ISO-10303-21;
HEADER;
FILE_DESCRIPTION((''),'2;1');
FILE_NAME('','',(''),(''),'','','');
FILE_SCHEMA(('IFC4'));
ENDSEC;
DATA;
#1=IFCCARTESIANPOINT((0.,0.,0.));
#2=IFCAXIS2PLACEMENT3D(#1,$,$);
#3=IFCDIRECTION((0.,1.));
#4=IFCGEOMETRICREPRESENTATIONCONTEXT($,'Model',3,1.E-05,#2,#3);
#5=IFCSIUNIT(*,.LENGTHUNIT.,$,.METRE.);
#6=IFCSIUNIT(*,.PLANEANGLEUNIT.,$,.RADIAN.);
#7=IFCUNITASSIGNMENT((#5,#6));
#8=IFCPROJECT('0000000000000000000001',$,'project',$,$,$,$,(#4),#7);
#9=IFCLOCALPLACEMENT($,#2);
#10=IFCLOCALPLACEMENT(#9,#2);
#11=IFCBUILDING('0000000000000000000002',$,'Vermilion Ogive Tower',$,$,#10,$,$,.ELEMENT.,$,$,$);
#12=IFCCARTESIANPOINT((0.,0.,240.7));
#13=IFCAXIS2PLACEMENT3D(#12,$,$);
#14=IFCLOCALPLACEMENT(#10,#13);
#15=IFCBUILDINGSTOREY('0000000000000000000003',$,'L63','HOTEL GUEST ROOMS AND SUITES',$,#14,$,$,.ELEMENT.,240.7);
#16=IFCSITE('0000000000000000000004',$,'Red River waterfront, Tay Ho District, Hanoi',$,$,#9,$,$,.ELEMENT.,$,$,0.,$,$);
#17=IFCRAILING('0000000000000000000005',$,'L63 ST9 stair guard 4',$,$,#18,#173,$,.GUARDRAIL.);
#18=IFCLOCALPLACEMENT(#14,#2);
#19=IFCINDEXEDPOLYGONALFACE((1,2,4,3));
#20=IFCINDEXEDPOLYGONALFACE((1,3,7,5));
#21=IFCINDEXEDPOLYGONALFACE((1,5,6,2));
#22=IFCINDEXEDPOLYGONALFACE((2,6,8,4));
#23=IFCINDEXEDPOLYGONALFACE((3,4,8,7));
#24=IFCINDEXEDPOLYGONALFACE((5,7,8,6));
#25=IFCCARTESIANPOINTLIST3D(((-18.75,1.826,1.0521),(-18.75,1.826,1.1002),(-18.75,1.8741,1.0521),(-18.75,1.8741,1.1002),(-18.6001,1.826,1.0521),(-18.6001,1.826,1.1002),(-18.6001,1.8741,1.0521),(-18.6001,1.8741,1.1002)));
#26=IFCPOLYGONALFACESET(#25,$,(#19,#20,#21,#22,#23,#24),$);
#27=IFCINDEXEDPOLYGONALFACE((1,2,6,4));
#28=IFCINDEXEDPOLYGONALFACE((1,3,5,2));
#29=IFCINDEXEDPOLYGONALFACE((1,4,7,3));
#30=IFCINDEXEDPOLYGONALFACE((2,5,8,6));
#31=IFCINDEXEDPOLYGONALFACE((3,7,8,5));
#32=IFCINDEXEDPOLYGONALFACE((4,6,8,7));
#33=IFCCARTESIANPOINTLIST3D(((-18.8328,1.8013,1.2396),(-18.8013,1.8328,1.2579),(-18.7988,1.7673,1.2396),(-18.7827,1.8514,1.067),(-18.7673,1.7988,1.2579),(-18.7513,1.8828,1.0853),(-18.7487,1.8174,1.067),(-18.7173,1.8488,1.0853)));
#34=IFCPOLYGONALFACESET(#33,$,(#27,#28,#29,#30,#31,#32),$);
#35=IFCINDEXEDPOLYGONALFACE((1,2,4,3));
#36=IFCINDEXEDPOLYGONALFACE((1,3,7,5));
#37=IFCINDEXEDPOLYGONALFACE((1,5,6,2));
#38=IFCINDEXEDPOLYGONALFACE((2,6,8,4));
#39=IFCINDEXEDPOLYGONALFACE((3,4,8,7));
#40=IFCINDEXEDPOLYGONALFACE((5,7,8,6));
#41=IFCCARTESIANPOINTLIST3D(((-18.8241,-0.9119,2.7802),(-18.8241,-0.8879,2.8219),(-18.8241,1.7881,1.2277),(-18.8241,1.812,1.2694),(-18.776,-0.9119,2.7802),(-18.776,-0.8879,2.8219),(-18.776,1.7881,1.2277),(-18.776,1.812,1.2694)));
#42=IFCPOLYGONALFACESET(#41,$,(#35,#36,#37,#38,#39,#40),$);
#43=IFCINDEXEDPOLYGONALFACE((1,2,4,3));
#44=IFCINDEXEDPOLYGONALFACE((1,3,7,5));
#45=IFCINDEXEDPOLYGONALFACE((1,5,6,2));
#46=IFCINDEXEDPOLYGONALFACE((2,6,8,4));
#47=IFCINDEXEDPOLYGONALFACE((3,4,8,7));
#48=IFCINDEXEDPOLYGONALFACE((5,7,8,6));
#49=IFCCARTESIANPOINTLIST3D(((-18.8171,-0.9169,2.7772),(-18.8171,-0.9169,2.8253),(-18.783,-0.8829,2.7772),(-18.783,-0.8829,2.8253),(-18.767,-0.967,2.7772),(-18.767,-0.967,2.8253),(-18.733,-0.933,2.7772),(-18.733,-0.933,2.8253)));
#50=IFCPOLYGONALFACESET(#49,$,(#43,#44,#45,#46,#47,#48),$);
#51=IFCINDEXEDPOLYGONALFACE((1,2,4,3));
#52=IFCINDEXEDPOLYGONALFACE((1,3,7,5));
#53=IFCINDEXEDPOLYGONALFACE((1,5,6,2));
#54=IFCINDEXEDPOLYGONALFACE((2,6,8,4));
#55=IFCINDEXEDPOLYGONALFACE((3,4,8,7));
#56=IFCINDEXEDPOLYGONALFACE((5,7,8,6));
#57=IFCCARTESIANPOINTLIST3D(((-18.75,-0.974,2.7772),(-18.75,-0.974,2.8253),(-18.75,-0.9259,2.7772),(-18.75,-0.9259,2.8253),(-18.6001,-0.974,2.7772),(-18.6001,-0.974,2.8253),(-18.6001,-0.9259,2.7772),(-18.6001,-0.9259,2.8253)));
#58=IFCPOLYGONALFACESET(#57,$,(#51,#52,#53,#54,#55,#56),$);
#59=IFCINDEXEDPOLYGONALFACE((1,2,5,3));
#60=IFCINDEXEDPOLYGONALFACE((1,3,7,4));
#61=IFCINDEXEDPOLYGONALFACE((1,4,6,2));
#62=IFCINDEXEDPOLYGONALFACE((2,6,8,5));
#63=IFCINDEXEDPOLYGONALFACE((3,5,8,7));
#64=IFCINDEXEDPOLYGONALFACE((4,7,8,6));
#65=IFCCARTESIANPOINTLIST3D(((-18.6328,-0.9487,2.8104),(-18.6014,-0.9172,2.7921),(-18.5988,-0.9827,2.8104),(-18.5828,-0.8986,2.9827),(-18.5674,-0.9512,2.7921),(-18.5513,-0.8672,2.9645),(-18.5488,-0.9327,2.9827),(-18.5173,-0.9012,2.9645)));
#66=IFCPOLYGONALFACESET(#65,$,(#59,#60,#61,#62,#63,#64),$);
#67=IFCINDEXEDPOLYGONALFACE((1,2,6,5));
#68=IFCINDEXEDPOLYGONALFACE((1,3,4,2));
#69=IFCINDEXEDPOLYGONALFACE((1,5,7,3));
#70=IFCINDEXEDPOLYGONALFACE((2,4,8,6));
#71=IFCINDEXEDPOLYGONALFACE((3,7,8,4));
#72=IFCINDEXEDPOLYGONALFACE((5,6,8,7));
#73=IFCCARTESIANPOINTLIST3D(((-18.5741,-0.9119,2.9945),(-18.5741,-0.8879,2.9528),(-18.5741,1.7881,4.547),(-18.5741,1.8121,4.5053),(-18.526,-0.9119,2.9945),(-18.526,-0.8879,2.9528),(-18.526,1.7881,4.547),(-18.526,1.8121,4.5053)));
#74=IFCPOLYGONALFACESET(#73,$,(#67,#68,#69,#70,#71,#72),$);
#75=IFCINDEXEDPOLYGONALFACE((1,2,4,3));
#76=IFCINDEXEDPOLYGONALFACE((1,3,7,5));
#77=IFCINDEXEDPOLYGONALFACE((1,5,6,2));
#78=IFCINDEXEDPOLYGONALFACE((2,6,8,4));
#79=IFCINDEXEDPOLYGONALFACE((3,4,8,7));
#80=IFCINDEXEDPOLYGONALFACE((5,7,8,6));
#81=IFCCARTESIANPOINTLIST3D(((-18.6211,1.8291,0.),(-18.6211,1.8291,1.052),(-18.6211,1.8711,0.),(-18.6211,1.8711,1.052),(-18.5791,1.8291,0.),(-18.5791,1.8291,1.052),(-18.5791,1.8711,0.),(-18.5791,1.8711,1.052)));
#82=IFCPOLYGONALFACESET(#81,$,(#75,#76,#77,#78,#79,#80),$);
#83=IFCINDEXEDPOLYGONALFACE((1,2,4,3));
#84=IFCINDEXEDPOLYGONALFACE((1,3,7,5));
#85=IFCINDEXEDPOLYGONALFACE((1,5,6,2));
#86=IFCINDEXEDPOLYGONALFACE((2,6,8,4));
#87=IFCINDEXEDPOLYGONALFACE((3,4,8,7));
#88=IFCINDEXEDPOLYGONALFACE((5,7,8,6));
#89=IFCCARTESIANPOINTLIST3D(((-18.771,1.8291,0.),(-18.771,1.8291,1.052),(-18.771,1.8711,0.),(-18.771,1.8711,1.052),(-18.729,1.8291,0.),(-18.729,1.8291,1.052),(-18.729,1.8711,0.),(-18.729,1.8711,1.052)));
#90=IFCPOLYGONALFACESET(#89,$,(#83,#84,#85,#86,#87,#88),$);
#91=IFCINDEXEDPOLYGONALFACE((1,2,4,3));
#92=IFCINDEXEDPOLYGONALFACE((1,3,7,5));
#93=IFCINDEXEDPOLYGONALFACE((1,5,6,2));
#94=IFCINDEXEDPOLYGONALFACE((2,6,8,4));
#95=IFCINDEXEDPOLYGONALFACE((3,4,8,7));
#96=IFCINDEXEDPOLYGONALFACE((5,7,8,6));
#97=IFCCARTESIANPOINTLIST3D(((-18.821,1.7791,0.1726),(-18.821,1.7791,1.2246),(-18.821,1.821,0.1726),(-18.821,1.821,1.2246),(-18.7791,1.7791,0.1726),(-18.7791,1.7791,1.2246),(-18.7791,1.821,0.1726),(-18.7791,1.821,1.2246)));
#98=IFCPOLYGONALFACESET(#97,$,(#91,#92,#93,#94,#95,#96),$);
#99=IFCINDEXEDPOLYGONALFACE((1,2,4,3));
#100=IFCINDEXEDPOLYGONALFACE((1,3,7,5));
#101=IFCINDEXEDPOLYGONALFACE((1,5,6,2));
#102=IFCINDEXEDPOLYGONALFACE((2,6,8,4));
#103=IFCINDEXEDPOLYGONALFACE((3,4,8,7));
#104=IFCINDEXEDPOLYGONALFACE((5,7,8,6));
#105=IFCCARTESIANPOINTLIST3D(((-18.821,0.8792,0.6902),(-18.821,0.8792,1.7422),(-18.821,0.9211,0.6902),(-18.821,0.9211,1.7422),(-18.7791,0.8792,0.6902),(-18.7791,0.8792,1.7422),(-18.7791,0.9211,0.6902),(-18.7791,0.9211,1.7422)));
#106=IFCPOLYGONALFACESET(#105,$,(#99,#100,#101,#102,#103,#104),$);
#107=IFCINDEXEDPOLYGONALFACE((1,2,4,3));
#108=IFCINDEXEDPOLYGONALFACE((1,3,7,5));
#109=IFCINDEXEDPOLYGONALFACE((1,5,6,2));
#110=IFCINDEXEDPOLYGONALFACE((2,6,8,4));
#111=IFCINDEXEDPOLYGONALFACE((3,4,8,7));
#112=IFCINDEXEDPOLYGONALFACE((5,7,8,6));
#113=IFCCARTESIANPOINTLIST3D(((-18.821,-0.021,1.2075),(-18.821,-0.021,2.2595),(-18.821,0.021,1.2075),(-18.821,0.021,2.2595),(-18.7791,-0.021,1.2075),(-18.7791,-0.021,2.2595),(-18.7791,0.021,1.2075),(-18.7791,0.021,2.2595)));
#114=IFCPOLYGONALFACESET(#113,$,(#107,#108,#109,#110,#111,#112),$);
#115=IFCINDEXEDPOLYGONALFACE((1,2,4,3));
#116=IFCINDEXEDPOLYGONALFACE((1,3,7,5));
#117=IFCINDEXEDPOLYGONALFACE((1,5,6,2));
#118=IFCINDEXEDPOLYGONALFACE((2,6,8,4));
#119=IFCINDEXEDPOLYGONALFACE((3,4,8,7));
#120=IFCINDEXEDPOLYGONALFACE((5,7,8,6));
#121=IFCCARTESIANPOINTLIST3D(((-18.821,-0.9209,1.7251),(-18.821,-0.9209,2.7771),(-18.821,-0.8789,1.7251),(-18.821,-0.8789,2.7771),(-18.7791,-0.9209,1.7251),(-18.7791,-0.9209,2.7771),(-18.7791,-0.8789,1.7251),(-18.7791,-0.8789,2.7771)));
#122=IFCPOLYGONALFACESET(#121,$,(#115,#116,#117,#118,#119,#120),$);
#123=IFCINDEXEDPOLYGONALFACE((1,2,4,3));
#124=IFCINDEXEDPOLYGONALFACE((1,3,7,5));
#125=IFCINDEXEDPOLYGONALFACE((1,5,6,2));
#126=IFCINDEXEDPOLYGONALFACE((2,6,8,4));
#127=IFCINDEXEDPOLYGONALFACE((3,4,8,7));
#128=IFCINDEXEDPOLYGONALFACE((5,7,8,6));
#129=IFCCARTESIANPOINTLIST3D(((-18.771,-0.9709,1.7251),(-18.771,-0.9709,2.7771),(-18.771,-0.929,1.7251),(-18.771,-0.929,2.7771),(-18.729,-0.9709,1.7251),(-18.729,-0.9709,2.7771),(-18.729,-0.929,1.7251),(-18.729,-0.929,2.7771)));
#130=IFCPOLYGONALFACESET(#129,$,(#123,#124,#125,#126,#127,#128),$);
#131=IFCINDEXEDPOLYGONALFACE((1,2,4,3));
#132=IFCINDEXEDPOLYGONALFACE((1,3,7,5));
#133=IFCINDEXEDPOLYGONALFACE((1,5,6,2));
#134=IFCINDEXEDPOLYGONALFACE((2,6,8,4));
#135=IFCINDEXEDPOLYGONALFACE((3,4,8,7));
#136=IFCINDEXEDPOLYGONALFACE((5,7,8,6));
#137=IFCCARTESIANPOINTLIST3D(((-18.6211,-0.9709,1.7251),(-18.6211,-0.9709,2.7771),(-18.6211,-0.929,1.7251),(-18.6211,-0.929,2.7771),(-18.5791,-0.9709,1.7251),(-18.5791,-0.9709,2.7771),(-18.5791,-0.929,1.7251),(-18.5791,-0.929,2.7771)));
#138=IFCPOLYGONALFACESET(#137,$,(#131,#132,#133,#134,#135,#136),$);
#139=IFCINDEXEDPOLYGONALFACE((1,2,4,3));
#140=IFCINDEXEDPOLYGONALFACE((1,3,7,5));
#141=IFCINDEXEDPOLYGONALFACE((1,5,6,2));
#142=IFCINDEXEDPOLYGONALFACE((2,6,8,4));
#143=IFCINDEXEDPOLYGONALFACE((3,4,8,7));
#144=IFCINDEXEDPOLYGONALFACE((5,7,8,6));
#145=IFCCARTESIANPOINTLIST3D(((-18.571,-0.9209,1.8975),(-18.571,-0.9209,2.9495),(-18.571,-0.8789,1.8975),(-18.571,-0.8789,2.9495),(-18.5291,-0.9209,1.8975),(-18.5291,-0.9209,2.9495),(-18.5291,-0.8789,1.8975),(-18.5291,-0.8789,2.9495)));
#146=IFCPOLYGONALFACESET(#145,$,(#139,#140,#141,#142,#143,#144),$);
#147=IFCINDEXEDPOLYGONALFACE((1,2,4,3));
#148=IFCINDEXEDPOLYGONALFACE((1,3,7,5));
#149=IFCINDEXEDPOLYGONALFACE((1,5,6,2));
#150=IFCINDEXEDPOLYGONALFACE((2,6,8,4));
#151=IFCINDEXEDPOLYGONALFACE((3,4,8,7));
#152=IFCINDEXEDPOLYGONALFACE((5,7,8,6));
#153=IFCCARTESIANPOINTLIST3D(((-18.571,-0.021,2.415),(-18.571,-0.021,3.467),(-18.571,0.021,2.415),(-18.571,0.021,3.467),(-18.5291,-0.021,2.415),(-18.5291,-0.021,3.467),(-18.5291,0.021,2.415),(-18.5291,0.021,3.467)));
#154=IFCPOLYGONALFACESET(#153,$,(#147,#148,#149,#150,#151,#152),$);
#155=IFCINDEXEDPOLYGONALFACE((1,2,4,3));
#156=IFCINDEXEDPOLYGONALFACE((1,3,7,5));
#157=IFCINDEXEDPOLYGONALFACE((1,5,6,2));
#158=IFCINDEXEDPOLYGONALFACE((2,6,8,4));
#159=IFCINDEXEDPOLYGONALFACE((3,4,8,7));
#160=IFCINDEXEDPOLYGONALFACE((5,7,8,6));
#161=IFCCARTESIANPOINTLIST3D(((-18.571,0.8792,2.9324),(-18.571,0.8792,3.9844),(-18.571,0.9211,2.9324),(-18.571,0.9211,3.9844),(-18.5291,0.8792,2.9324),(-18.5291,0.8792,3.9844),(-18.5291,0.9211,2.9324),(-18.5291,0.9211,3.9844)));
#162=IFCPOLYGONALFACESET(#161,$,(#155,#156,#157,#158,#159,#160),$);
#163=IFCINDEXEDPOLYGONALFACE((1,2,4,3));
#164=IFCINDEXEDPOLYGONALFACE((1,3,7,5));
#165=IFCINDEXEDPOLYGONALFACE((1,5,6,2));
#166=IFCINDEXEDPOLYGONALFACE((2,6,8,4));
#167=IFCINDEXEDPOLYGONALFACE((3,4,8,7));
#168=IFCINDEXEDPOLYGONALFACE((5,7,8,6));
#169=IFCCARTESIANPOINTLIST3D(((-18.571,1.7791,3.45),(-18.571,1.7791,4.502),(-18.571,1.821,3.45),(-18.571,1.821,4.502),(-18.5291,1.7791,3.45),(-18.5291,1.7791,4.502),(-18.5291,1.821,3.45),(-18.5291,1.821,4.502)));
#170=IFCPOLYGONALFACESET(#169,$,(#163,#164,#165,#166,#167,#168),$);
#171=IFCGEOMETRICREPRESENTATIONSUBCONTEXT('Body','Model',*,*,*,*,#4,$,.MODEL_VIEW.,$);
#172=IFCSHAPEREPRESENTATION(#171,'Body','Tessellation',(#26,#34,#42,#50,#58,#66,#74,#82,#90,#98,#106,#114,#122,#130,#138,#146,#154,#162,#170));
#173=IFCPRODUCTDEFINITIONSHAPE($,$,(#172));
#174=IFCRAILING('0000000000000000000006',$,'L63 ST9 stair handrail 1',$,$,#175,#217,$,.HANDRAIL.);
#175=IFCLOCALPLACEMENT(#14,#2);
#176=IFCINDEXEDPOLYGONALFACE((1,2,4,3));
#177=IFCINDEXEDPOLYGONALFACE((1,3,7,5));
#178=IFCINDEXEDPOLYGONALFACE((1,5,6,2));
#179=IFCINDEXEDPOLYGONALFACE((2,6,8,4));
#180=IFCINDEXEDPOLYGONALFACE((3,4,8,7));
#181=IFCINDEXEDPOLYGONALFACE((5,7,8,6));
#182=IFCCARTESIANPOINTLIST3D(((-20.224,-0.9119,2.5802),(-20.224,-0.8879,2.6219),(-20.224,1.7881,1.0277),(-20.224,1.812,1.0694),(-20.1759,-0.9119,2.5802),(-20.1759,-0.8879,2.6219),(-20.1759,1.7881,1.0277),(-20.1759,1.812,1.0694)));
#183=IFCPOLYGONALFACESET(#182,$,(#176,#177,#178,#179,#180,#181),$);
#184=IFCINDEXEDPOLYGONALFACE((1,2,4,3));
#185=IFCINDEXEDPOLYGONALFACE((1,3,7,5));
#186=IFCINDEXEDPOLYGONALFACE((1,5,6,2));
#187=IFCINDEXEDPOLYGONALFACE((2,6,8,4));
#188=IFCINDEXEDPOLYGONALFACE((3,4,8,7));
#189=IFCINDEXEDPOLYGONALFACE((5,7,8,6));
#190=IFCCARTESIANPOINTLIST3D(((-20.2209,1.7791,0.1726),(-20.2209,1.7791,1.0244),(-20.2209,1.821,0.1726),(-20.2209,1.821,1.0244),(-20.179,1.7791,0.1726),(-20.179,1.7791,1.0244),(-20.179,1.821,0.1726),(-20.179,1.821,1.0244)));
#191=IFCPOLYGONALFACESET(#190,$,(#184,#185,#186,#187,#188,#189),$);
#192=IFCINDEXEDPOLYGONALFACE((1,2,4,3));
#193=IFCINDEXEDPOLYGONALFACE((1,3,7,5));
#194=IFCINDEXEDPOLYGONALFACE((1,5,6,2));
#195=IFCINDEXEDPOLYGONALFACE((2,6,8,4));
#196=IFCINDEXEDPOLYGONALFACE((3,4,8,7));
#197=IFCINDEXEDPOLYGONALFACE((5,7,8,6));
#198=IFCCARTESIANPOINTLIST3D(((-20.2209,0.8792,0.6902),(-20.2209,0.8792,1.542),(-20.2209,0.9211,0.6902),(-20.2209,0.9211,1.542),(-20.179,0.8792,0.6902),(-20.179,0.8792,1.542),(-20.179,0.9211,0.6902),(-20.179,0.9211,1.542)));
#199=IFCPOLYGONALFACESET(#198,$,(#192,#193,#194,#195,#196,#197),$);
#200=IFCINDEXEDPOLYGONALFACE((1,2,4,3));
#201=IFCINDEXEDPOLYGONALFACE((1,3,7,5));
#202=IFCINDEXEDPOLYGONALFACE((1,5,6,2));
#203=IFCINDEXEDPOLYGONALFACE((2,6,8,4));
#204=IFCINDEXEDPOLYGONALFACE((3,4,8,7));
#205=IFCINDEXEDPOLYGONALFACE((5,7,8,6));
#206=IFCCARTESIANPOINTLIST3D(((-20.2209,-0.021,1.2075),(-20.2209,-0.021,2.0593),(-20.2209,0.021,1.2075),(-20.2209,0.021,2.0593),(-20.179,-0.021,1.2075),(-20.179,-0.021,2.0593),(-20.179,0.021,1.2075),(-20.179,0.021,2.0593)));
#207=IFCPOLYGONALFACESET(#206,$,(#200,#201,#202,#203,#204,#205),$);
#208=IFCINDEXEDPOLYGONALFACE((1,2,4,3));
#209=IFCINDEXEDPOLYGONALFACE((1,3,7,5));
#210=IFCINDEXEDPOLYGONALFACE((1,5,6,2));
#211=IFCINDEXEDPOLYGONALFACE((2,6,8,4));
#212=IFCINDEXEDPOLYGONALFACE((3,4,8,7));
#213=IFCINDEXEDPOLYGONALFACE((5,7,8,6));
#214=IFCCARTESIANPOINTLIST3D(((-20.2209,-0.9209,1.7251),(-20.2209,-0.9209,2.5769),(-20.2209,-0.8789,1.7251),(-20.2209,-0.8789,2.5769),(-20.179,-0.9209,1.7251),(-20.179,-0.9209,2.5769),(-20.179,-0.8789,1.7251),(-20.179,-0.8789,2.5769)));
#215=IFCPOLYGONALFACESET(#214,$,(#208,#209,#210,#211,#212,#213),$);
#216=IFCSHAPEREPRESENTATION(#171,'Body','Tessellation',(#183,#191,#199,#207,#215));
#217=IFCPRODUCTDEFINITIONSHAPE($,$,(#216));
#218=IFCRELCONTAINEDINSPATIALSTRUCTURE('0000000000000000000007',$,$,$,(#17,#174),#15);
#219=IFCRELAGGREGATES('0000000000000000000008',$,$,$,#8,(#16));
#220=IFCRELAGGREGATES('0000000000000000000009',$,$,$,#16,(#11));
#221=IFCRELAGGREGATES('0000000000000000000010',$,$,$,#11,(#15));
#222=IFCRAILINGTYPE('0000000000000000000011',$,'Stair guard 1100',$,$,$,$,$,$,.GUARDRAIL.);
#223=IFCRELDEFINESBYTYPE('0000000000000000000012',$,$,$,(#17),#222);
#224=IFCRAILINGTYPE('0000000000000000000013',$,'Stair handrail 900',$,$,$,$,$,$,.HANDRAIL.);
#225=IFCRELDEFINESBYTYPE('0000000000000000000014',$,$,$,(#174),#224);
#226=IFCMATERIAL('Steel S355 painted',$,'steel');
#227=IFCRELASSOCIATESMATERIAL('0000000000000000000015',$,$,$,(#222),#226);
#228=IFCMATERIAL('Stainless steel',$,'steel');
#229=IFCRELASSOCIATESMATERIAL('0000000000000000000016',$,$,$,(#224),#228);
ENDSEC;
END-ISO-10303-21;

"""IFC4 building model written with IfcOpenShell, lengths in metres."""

from ifc_helpers import new_model, si_unit, direction, frame, origin, origin_2d, place, context, subcontext, project, spatial, rectangle, extrude, material, type_object, element, save


model = new_model("IFC4")

# Units and contexts
model_context = context("Model", 3, precision=1e-05, world=origin(), true_north=direction((0.0, 1.0)))
body_context = subcontext(model_context, "Body", "Model", "MODEL_VIEW")
ifc_project = project(units=[si_unit("LENGTHUNIT", "METRE"), si_unit("PLANEANGLEUNIT", "RADIAN")], contexts=[model_context])

# Site, building, storey
site_placement = place(None, origin())
site = spatial("IfcSite", under=ifc_project, at=site_placement, Name="Red River waterfront, Tay Ho District, Hanoi", CompositionType="ELEMENT", RefElevation=0.0)
building_placement = place(site_placement, origin())
building = spatial("IfcBuilding", under=site, at=building_placement, Name="Vermilion Ogive Tower", CompositionType="ELEMENT")
storey_placement = place(building_placement, frame((0.0, 0.0, 240.7)))
storey = spatial("IfcBuildingStorey", under=building, at=storey_placement, Name="L63", Description="HOTEL GUEST ROOMS AND SUITES", CompositionType="ELEMENT", Elevation=240.7)

# Railings
ifc_material_1 = material(Name="Steel S355 painted", Category="steel")
railing_type_1 = type_object("IfcRailingType", Name="Stair guard 1100", PredefinedType="GUARDRAIL", material=ifc_material_1)
railing_1_placement = place(storey_placement, frame((-18.6001, 1.8501, 0.0)))
element("IfcRailing", 1, at=railing_1_placement, inside=storey, type_object=railing_type_1, Name="L63 ST9 stair guard 4", PredefinedType="GUARDRAIL", context=body_context, shape_type="SweptSolid", body=[
    extrude(rectangle(XDim=0.0481, YDim=0.0481, at=origin_2d()), frame((0.0, 0.0, 1.0762), z_axis=(-1.0, 0.0, 0.0), x_axis=(0.0, -1.0, 0.0)), (0.0, 0.0, 1.0), 0.1499),
    extrude(rectangle(XDim=0.0481, YDim=0.0481, at=origin_2d()), frame((-0.1499, 0.0, 1.0762), z_axis=(-0.268278, -0.268278, 0.925232), x_axis=(0.707107, -0.707107, 0.0)), (0.0, 0.0, 1.0), 0.1865),
    extrude(rectangle(XDim=0.0481, YDim=0.0481, at=origin_2d()), frame((-0.2, -0.05, 1.2485), z_axis=(0.0, -0.866904, 0.498476), x_axis=(1.0, 0.0, 0.0)), (0.0, 0.0, 1.0), 3.1145),
    extrude(rectangle(XDim=0.0481, YDim=0.0481, at=origin_2d()), frame((-0.2, -2.75, 2.8013), z_axis=(0.707107, -0.707107, 0.0), x_axis=(0.707107, 0.707107, 0.0)), (0.0, 0.0, 1.0), 0.0708),
    extrude(rectangle(XDim=0.0481, YDim=0.0481, at=origin_2d()), frame((-0.1499, -2.8, 2.8013), z_axis=(1.0, 0.0, 0.0), x_axis=(0.0, 1.0, 0.0)), (0.0, 0.0, 1.0), 0.1499),
    extrude(rectangle(XDim=0.0481, YDim=0.0481, at=origin_2d()), frame((0.0, -2.8, 2.8013), z_axis=(0.268603, 0.268603, 0.925043), x_axis=(-0.707107, 0.707107, 0.0)), (0.0, 0.0, 1.0), 0.1863),
    extrude(rectangle(XDim=0.0481, YDim=0.0481, at=origin_2d()), frame((0.05, -2.75, 2.9736), z_axis=(0.0, 0.866904, 0.498476), x_axis=(-1.0, 0.0, 0.0)), (0.0, 0.0, 1.0), 3.1145),
    extrude(rectangle(XDim=0.042, YDim=0.042, at=origin_2d()), origin(), (0.0, 0.0, 1.0), 1.052),
    extrude(rectangle(XDim=0.042, YDim=0.042, at=origin_2d()), frame((-0.1499, 0.0, 0.0)), (0.0, 0.0, 1.0), 1.052),
    extrude(rectangle(XDim=0.042, YDim=0.042, at=origin_2d()), frame((-0.2, -0.05, 0.1726)), (0.0, 0.0, 1.0), 1.052),
    extrude(rectangle(XDim=0.042, YDim=0.042, at=origin_2d()), frame((-0.2, -0.95, 0.6902)), (0.0, 0.0, 1.0), 1.052),
    extrude(rectangle(XDim=0.042, YDim=0.042, at=origin_2d()), frame((-0.2, -1.8501, 1.2075)), (0.0, 0.0, 1.0), 1.052),
    extrude(rectangle(XDim=0.042, YDim=0.042, at=origin_2d()), frame((-0.2, -2.75, 1.7251)), (0.0, 0.0, 1.0), 1.052),
    extrude(rectangle(XDim=0.042, YDim=0.042, at=origin_2d()), frame((-0.1499, -2.8, 1.7251)), (0.0, 0.0, 1.0), 1.052),
    extrude(rectangle(XDim=0.042, YDim=0.042, at=origin_2d()), frame((0.0, -2.8, 1.7251)), (0.0, 0.0, 1.0), 1.052),
    extrude(rectangle(XDim=0.042, YDim=0.042, at=origin_2d()), frame((0.05, -2.75, 1.8975)), (0.0, 0.0, 1.0), 1.052),
    extrude(rectangle(XDim=0.042, YDim=0.042, at=origin_2d()), frame((0.05, -1.8501, 2.415)), (0.0, 0.0, 1.0), 1.052),
    extrude(rectangle(XDim=0.042, YDim=0.042, at=origin_2d()), frame((0.05, -0.95, 2.9324)), (0.0, 0.0, 1.0), 1.052),
    extrude(rectangle(XDim=0.042, YDim=0.042, at=origin_2d()), frame((0.05, -0.05, 3.45)), (0.0, 0.0, 1.0), 1.052),
])
ifc_material_2 = material(Name="Stainless steel", Category="steel")
railing_type_2 = type_object("IfcRailingType", Name="Stair handrail 900", PredefinedType="HANDRAIL", material=ifc_material_2)
railing_2_placement = place(storey_placement, frame((-20.2, 1.8, 0.1726)))
element("IfcRailing", 2, at=railing_2_placement, inside=storey, type_object=railing_type_2, Name="L63 ST9 stair handrail 1", PredefinedType="HANDRAIL", context=body_context, shape_type="SweptSolid", body=[
    extrude(rectangle(XDim=0.0481, YDim=0.0481, at=origin_2d()), frame((0.0, 0.0, 0.876), z_axis=(0.0, -0.866904, 0.498476), x_axis=(1.0, 0.0, 0.0)), (0.0, 0.0, 1.0), 3.1145),
    extrude(rectangle(XDim=0.042, YDim=0.042, at=origin_2d()), origin(), (0.0, 0.0, 1.0), 0.8518),
    extrude(rectangle(XDim=0.042, YDim=0.042, at=origin_2d()), frame((0.0, -0.8999, 0.5176)), (0.0, 0.0, 1.0), 0.8518),
    extrude(rectangle(XDim=0.042, YDim=0.042, at=origin_2d()), frame((0.0, -1.8, 1.0349)), (0.0, 0.0, 1.0), 0.8518),
    extrude(rectangle(XDim=0.042, YDim=0.042, at=origin_2d()), frame((0.0, -2.7, 1.5525)), (0.0, 0.0, 1.0), 0.8518),
])

save(model, "model.ifc")
